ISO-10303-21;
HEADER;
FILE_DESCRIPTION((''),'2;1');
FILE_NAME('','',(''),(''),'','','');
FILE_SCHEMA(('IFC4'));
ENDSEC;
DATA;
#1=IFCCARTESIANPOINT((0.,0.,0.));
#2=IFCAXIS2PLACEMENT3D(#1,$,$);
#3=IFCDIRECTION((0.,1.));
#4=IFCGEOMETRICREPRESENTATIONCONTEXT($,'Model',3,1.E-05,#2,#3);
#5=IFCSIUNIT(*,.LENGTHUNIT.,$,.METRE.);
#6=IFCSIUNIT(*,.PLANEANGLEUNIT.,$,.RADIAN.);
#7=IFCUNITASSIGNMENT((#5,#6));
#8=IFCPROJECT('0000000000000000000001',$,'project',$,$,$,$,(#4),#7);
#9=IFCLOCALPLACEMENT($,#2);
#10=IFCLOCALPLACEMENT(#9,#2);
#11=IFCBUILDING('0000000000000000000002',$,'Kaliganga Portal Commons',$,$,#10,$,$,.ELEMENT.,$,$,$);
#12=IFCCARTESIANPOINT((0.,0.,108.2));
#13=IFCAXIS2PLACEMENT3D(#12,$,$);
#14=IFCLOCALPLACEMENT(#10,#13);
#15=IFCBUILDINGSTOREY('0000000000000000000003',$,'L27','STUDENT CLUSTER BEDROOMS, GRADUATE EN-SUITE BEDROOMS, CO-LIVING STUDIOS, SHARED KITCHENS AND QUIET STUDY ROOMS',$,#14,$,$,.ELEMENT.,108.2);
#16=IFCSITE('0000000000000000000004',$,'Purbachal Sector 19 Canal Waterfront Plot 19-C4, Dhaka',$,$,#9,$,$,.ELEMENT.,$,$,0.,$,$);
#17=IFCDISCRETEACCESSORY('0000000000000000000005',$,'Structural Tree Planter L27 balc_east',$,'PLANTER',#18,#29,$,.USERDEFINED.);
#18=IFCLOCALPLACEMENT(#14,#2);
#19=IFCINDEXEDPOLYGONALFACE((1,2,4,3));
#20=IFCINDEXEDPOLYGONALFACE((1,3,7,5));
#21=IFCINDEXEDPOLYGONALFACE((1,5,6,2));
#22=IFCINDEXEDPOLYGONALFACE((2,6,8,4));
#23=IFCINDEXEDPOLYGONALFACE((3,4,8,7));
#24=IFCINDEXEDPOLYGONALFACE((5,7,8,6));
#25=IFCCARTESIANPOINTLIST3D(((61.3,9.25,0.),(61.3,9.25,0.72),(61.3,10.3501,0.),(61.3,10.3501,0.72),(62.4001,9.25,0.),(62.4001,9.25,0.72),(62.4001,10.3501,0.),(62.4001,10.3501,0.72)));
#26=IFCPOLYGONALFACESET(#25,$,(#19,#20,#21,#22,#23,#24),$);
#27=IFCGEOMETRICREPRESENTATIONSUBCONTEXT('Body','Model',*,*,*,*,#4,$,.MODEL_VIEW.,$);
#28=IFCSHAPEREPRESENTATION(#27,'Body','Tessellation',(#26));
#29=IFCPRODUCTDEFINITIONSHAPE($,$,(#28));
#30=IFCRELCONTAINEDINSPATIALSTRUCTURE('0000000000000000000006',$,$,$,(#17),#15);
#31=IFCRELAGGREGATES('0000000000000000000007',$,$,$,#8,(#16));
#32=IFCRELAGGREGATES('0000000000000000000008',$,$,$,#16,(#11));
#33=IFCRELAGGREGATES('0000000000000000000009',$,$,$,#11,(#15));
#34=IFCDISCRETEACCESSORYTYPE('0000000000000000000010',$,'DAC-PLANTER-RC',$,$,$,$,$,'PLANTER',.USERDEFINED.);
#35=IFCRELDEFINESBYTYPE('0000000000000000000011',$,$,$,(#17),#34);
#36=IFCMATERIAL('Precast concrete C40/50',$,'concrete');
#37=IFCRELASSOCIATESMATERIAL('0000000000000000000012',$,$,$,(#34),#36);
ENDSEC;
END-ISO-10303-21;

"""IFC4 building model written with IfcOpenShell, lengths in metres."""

from ifc_helpers import new_model, si_unit, direction, frame, origin, origin_2d, place, context, subcontext, project, spatial, rectangle, extrude, source, transform, mapped, material, type_object, element, save


model = new_model("IFC4")

# Units and contexts
model_context = context("Model", 3, precision=1e-05, world=origin(), true_north=direction((0.0, 1.0)))
body_context = subcontext(model_context, "Body", "Model", "MODEL_VIEW")
ifc_project = project(units=[si_unit("LENGTHUNIT", "METRE"), si_unit("PLANEANGLEUNIT", "RADIAN")], contexts=[model_context])

# Site, building, storey
site_placement = place(None, origin())
site = spatial("IfcSite", under=ifc_project, at=site_placement, Name="Purbachal Sector 19 Canal Waterfront Plot 19-C4, Dhaka", CompositionType="ELEMENT", RefElevation=0.0)
building_placement = place(site_placement, origin())
building = spatial("IfcBuilding", under=site, at=building_placement, Name="Kaliganga Portal Commons", CompositionType="ELEMENT")
storey_placement = place(building_placement, frame((0.0, 0.0, 108.2)))
storey = spatial("IfcBuildingStorey", under=building, at=storey_placement, Name="L27", Description="STUDENT CLUSTER BEDROOMS, GRADUATE EN-SUITE BEDROOMS, CO-LIVING STUDIOS, SHARED KITCHENS AND QUIET STUDY ROOMS", CompositionType="ELEMENT", Elevation=108.2)

# Discrete accessory
ifc_material_1 = material(Name="Precast concrete C40/50", Category="concrete")
discrete_accessory_type = type_object("IfcDiscreteAccessoryType", Name="DAC-PLANTER-RC", ElementType="PLANTER", PredefinedType="USERDEFINED", material=ifc_material_1)
shared_shape_1 = source(origin(), body_context, "Body", "SweptSolid", [
    extrude(rectangle(XDim=1.1001, YDim=1.1001, at=origin_2d()), origin(), (0.0, 0.0, 1.0), 0.72),
])
discrete_accessory_placement = place(storey_placement, frame((61.8501, 9.8, 0.0), z_axis=(0.0, 0.0, 1.0), x_axis=(1.0, 0.0, 0.0)))
element("IfcDiscreteAccessory", 1, at=discrete_accessory_placement, inside=storey, type_object=discrete_accessory_type, Name="Structural Tree Planter L27 balc_east", ObjectType="PLANTER", PredefinedType="USERDEFINED", context=body_context, shape_type="MappedRepresentation", body=[
    mapped(shared_shape_1, transform((0.0, 0.0, 0.0), x_axis=(1.0, 0.0, 0.0), y_axis=(0.0, 1.0, 0.0), z_axis=(0.0, 0.0, 1.0), scale=1.0)),
])

save(model, "model.ifc")
